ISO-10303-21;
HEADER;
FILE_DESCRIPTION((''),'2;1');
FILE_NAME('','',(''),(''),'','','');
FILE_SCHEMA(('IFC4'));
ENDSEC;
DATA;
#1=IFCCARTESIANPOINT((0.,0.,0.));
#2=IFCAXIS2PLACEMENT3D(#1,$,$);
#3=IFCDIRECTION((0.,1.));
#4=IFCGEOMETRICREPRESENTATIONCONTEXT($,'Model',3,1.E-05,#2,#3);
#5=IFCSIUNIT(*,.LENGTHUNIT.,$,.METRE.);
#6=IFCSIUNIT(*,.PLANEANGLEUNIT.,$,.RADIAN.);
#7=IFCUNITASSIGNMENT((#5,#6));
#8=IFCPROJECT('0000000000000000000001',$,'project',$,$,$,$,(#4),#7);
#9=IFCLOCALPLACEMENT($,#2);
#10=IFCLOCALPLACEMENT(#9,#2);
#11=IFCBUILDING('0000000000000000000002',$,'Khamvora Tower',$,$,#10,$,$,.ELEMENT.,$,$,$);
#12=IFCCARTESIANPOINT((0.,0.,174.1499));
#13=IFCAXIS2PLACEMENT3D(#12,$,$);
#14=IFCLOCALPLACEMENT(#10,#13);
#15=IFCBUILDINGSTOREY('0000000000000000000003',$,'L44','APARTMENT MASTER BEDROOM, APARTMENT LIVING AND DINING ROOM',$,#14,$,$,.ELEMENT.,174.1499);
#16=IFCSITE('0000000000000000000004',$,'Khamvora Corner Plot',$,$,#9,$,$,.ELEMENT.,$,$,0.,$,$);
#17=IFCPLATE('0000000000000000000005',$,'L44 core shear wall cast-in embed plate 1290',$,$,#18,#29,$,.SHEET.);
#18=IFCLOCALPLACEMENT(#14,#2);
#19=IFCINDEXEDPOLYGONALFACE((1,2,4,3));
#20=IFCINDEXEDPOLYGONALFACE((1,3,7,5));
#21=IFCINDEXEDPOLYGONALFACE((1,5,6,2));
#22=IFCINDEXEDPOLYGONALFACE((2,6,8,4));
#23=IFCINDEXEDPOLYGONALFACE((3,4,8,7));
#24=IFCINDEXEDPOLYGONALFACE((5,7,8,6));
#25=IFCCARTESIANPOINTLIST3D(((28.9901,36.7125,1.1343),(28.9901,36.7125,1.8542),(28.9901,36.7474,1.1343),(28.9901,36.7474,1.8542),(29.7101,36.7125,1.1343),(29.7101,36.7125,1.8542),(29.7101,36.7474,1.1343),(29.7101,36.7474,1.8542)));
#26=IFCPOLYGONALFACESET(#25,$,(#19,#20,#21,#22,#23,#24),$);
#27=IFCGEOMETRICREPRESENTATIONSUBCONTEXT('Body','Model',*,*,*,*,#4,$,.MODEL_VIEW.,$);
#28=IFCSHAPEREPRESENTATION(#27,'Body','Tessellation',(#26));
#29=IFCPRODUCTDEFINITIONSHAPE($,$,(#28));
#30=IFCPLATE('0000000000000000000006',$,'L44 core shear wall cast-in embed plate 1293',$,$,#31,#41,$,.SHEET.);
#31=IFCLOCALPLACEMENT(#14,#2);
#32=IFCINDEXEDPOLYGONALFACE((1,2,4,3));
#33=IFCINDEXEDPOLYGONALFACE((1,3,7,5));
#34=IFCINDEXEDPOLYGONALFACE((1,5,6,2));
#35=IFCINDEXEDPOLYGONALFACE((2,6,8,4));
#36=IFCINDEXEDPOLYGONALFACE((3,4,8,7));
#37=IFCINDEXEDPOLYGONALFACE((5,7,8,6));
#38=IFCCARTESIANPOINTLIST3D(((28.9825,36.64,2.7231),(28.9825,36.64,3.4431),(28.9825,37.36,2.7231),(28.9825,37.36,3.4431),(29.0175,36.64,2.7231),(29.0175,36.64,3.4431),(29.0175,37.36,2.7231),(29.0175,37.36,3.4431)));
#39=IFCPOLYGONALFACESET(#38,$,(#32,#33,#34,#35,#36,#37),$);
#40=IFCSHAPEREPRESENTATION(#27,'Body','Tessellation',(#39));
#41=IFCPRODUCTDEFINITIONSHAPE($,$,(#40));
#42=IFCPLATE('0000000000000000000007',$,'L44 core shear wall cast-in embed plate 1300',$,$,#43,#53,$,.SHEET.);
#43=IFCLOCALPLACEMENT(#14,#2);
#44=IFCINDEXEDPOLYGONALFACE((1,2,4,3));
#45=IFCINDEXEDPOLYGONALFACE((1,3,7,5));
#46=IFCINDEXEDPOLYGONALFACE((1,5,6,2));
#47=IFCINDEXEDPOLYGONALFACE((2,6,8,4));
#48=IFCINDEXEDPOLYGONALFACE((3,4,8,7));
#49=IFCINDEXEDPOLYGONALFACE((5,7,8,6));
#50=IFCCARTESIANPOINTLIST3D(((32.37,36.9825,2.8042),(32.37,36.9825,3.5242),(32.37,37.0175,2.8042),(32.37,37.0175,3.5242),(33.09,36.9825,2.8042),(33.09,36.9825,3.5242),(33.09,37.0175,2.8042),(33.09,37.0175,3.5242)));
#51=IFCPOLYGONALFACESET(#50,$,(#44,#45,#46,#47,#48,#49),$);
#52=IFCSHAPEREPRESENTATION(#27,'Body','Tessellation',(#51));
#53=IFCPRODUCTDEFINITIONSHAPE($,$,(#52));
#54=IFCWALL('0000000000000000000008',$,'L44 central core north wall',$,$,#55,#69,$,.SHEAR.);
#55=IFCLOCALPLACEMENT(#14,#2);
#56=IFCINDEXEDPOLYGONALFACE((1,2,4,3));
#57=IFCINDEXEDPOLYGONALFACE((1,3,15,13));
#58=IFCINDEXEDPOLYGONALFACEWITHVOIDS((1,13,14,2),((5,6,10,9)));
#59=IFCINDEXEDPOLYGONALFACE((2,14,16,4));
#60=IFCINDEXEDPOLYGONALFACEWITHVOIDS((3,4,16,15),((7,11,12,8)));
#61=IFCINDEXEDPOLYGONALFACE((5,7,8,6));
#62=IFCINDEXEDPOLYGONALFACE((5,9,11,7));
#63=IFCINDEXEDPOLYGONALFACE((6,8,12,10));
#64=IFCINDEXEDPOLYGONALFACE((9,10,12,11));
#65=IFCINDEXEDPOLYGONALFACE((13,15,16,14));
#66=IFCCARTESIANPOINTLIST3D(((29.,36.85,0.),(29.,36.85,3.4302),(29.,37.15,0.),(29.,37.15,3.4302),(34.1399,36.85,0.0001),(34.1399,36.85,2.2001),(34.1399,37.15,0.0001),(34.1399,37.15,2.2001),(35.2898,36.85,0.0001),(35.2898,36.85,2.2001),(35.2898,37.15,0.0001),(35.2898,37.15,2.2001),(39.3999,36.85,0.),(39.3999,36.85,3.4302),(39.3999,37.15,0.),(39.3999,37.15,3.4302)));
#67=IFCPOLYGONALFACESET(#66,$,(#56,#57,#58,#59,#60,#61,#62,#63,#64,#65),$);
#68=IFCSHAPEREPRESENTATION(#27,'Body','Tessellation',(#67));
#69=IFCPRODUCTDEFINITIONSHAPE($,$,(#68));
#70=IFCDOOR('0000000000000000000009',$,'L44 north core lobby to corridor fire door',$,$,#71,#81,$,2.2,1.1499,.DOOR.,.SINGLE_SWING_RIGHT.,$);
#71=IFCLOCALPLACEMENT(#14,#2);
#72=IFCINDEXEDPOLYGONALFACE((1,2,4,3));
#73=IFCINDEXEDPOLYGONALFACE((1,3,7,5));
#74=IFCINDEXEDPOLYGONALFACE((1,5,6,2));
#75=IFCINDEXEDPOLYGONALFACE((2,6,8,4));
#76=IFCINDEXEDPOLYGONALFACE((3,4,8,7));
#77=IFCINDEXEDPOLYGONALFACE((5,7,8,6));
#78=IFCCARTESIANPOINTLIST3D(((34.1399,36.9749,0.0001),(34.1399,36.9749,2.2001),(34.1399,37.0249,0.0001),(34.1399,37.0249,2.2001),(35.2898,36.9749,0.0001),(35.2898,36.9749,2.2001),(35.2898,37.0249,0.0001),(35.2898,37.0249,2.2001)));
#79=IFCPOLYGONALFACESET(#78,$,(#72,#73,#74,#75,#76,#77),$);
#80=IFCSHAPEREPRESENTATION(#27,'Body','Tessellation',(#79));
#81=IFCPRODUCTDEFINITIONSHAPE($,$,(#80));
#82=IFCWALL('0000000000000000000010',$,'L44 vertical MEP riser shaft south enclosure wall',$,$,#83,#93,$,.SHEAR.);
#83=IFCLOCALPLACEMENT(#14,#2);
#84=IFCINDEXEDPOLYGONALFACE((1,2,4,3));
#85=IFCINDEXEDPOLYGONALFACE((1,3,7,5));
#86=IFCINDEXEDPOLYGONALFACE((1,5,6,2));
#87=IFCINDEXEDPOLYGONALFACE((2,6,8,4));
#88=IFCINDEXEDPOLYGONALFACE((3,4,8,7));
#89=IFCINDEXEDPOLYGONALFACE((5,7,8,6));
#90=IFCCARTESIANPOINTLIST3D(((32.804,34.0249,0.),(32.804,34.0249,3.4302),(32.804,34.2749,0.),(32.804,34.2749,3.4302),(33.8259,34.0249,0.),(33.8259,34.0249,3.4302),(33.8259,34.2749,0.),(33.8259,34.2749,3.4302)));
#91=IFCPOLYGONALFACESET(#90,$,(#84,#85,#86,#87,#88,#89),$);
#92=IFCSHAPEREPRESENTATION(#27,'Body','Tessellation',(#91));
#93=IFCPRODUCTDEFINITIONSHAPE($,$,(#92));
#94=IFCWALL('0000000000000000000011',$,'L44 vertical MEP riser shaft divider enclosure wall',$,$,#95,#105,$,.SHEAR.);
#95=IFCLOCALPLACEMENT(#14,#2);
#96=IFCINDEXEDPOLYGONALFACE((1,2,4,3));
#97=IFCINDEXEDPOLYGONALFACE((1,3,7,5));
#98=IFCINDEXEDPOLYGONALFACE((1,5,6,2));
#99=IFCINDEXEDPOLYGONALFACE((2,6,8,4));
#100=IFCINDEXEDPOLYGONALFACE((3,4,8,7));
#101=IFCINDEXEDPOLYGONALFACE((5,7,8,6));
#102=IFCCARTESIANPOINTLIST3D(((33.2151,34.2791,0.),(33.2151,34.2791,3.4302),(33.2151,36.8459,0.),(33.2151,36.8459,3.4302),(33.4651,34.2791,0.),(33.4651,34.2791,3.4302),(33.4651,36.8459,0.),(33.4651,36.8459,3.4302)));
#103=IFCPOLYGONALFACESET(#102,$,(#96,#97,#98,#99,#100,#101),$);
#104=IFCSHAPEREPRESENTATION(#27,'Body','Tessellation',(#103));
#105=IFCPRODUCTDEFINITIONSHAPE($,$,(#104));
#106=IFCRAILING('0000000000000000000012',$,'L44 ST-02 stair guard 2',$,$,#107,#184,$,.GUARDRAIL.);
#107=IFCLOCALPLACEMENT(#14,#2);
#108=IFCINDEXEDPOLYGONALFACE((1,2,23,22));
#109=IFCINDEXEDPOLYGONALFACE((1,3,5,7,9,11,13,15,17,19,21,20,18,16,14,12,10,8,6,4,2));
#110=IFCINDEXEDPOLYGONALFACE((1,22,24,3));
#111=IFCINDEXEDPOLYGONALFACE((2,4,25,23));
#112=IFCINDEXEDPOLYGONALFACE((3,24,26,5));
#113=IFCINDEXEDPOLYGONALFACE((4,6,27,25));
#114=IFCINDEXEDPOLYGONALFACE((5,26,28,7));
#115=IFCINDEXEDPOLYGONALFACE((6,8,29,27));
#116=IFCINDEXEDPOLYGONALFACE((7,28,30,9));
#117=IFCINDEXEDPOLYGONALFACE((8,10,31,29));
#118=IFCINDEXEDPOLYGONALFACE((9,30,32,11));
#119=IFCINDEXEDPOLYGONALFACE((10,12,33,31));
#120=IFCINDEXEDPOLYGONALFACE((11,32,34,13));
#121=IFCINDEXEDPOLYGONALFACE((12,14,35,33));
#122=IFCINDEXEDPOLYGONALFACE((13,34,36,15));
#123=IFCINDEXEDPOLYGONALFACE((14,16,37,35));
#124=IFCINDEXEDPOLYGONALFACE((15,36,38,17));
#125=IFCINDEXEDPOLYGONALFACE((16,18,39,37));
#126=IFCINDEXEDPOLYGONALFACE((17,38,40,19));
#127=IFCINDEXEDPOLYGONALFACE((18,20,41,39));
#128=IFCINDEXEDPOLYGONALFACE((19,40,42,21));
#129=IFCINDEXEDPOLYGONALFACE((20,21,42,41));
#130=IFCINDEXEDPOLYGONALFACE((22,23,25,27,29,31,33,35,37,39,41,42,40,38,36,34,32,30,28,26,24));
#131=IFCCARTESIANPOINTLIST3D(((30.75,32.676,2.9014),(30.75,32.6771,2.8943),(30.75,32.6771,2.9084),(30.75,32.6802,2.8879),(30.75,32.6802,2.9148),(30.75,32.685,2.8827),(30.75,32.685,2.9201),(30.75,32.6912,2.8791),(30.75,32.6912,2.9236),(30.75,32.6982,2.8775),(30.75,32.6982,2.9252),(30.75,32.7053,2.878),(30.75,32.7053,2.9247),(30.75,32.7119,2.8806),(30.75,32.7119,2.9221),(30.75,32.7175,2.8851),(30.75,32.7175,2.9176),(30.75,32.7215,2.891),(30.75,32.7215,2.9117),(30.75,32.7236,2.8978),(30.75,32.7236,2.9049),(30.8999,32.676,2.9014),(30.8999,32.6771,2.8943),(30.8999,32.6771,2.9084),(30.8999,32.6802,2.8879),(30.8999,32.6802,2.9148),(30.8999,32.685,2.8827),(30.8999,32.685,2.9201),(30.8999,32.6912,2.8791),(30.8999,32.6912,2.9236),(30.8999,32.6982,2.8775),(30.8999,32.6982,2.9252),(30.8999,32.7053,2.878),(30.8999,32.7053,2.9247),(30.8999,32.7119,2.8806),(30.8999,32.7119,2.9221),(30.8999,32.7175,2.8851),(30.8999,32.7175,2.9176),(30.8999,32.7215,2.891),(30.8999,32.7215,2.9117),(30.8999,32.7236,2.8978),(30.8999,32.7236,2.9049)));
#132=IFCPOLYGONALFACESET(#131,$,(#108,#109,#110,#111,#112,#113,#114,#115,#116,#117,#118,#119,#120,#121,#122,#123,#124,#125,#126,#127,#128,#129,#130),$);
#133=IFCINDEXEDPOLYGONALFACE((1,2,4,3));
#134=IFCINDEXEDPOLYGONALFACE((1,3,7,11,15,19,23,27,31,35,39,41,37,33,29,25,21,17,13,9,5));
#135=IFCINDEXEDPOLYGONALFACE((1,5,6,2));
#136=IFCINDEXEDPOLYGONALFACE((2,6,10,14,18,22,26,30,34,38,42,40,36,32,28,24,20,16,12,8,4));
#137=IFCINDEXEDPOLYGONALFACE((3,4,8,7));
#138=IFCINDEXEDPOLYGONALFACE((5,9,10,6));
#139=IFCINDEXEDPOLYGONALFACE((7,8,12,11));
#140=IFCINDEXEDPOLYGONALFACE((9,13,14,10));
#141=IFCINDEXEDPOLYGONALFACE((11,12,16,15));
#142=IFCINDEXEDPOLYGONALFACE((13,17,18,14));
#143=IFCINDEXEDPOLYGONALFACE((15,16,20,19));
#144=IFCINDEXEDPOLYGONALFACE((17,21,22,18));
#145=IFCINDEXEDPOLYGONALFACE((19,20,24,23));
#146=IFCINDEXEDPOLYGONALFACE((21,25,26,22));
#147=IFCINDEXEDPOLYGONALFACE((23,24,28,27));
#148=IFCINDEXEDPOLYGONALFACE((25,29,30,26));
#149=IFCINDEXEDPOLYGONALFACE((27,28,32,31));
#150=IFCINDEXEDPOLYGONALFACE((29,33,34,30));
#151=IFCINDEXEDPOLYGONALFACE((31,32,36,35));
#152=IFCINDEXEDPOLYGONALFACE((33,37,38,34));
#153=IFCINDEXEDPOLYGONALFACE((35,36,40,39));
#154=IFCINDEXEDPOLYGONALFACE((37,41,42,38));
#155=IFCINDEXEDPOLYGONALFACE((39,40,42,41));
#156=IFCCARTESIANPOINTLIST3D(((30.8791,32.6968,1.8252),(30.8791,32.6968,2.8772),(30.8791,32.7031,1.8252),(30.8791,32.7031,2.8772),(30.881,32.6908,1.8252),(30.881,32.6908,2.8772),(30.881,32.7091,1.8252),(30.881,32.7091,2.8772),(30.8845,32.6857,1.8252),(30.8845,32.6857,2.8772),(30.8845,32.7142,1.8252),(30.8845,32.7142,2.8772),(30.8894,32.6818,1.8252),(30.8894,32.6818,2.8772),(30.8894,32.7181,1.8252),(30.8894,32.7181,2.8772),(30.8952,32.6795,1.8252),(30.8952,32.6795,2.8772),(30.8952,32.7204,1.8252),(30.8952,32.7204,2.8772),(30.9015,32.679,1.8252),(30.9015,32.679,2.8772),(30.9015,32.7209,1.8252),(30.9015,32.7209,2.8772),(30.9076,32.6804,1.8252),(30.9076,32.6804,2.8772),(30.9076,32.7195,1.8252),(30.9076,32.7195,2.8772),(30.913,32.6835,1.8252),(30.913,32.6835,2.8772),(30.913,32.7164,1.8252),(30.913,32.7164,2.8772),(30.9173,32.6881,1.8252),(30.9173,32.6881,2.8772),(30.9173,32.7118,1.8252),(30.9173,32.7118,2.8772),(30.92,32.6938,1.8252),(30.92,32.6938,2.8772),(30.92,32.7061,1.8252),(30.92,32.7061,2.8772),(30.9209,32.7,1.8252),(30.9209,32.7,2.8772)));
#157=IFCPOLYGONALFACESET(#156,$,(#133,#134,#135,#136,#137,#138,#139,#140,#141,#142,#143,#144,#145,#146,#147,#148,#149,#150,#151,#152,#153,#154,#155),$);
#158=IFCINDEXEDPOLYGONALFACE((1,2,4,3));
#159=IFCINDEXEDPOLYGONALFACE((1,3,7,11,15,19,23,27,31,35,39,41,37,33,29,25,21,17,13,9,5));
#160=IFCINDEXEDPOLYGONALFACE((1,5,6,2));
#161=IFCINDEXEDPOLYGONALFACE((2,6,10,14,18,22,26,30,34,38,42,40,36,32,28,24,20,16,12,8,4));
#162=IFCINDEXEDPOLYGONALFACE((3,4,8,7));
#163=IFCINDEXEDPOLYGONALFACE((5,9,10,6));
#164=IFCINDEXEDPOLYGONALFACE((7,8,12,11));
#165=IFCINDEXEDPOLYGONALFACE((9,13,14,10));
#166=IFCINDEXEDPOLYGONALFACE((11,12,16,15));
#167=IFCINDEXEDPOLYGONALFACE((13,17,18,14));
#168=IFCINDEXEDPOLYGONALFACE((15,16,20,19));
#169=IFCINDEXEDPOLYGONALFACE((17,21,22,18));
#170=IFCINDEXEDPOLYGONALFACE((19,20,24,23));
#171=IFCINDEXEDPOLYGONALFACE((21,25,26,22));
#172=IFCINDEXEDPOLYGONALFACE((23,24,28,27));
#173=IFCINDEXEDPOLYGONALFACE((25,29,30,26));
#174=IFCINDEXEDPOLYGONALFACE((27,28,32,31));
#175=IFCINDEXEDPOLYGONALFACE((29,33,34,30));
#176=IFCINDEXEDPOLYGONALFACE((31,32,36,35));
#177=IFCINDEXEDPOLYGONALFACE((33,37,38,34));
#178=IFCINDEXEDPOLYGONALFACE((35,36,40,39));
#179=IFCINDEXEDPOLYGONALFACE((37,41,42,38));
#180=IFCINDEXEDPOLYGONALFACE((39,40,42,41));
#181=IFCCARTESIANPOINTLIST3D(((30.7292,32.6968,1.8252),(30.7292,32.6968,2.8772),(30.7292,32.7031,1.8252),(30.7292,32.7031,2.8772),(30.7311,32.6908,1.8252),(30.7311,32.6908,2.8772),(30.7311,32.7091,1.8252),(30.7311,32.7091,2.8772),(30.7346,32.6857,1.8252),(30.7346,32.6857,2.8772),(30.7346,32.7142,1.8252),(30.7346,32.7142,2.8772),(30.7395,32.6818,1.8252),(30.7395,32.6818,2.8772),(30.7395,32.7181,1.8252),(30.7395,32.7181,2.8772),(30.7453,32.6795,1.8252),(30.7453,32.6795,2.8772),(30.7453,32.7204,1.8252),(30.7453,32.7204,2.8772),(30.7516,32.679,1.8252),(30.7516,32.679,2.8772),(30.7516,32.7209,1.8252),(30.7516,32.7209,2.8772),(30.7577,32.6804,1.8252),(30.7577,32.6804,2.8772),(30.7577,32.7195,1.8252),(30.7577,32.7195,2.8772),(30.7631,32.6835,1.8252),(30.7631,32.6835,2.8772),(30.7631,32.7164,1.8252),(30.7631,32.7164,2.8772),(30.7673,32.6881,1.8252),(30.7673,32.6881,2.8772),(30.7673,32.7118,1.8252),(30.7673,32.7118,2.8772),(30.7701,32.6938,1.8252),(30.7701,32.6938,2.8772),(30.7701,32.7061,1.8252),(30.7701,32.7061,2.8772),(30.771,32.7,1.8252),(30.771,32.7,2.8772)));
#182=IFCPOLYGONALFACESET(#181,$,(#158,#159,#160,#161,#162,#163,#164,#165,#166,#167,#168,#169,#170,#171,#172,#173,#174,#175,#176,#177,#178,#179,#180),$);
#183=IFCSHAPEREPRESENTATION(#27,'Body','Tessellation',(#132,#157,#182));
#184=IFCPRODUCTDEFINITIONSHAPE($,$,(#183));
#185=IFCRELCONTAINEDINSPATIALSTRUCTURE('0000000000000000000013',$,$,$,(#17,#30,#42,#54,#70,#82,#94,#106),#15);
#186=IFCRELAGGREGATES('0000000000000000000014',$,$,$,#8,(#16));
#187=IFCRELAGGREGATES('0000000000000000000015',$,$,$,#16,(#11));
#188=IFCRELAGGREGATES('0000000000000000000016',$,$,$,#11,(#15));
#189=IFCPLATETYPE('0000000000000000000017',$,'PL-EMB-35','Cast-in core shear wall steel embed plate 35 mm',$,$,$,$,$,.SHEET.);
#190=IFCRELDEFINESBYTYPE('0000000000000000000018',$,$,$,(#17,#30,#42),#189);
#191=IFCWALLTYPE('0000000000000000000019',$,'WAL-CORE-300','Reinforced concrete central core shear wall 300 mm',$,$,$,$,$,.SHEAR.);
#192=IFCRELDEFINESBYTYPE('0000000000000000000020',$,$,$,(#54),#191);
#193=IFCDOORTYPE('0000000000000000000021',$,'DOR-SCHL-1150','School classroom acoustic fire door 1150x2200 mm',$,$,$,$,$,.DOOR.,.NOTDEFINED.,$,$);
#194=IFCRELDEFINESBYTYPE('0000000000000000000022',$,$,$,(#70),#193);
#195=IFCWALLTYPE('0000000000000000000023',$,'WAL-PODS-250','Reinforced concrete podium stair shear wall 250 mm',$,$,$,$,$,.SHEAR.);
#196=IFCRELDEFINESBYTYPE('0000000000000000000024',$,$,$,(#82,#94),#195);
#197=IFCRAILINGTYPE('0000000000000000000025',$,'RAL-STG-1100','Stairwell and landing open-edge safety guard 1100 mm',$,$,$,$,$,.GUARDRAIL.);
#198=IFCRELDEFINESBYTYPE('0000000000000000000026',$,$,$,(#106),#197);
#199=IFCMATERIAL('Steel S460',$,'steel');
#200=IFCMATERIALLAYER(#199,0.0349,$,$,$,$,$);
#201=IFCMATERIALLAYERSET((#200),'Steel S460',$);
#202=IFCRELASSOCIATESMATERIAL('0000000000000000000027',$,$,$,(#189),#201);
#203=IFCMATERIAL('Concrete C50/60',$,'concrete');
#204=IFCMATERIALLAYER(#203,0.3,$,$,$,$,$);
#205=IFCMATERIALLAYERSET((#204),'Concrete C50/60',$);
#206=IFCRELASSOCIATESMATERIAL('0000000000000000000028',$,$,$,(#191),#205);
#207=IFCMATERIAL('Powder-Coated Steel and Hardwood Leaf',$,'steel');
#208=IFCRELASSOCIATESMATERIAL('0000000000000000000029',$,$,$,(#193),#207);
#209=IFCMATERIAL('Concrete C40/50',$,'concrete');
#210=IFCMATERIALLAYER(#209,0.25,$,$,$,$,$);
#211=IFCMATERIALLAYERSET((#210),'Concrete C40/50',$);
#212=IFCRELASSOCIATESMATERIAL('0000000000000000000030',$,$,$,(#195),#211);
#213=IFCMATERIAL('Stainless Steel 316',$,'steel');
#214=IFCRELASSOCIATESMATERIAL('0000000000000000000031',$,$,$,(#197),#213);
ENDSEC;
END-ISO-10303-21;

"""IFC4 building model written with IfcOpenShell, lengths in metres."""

from ifc_helpers import new_model, si_unit, direction, frame, frame_2d, origin, origin_2d, place, context, subcontext, project, spatial, rectangle, circle, extrude, material, layer, layer_set, type_object, element, fill, save


model = new_model("IFC4")

# Units and contexts
model_context = context("Model", 3, precision=1e-05, world=origin(), true_north=direction((0.0, 1.0)))
body_context = subcontext(model_context, "Body", "Model", "MODEL_VIEW")
ifc_project = project(units=[si_unit("LENGTHUNIT", "METRE"), si_unit("PLANEANGLEUNIT", "RADIAN")], contexts=[model_context])

# Site, building, storey
site_placement = place(None, origin())
site = spatial("IfcSite", under=ifc_project, at=site_placement, Name="Khamvora Corner Plot", CompositionType="ELEMENT", RefElevation=0.0)
building_placement = place(site_placement, origin())
building = spatial("IfcBuilding", under=site, at=building_placement, Name="Khamvora Tower", CompositionType="ELEMENT")
storey_placement = place(building_placement, frame((0.0, 0.0, 174.1499)))
storey = spatial("IfcBuildingStorey", under=building, at=storey_placement, Name="L44", Description="APARTMENT MASTER BEDROOM, APARTMENT LIVING AND DINING ROOM", CompositionType="ELEMENT", Elevation=174.1499)

# Shared definitions
ifc_material_1 = material(Name="Steel S460", Category="steel")

# Plates
ifc_layer_1 = layer(ifc_material_1, 0.0349)
ifc_layer_set_1 = layer_set([ifc_layer_1], Name="Steel S460")
plate_type = type_object("IfcPlateType", Name="PL-EMB-35", Description="Cast-in core shear wall steel embed plate 35 mm", PredefinedType="SHEET", material=ifc_layer_set_1)
plate_1_placement = place(storey_placement, frame((29.3501, 36.73, 1.1343), z_axis=(0.0, 0.0, 1.0), x_axis=(1.0, 0.0, 0.0)))
element("IfcPlate", 1, at=plate_1_placement, inside=storey, type_object=plate_type, Name="L44 core shear wall cast-in embed plate 1290", PredefinedType="SHEET", context=body_context, shape_type="SweptSolid", body=[
    extrude(rectangle(XDim=0.72, YDim=0.0349, at=origin_2d()), origin(), (0.0, 0.0, 1.0), 0.72),
])
plate_2_placement = place(storey_placement, frame((29.0, 37.0, 2.7231), z_axis=(0.0, 0.0, 1.0), x_axis=(1.0, 0.0, 0.0)))
element("IfcPlate", 2, at=plate_2_placement, inside=storey, type_object=plate_type, Name="L44 core shear wall cast-in embed plate 1293", PredefinedType="SHEET", context=body_context, shape_type="SweptSolid", body=[
    extrude(rectangle(XDim=0.0349, YDim=0.72, at=origin_2d()), origin(), (0.0, 0.0, 1.0), 0.72),
])
plate_3_placement = place(storey_placement, frame((32.73, 37.0, 2.8042), z_axis=(0.0, 0.0, 1.0), x_axis=(1.0, 0.0, 0.0)))
element("IfcPlate", 3, at=plate_3_placement, inside=storey, type_object=plate_type, Name="L44 core shear wall cast-in embed plate 1300", PredefinedType="SHEET", context=body_context, shape_type="SweptSolid", body=[
    extrude(rectangle(XDim=0.72, YDim=0.0349, at=origin_2d()), origin(), (0.0, 0.0, 1.0), 0.72),
])

# Wall, opening, door
ifc_material_2 = material(Name="Concrete C50/60", Category="concrete")
ifc_layer_2 = layer(ifc_material_2, 0.3)
ifc_layer_set_2 = layer_set([ifc_layer_2], Name="Concrete C50/60")
wall_type_1 = type_object("IfcWallType", Name="WAL-CORE-300", Description="Reinforced concrete central core shear wall 300 mm", PredefinedType="SHEAR", material=ifc_layer_set_2)
wall_1_placement = place(storey_placement, frame((29.0, 37.0, 0.0), z_axis=(0.0, 0.0, 1.0), x_axis=(1.0, 0.0, 0.0)))
wall_1 = element("IfcWall", 4, at=wall_1_placement, inside=storey, type_object=wall_type_1, Name="L44 central core north wall", PredefinedType="SHEAR", context=body_context, shape_type="SweptSolid", body=[
    extrude(rectangle(XDim=10.3999, YDim=0.3, at=frame_2d((5.2, 0.0))), origin(), (0.0, 0.0, 1.0), 3.4302),
])
opening_placement = place(wall_1_placement, frame((5.1399, 0.0, 0.0)))
opening = element("IfcOpeningElement", 5, at=opening_placement, cuts=wall_1, PredefinedType="OPENING", context=body_context, shape_type="SweptSolid", body=[
    extrude(rectangle(XDim=1.1499, YDim=2.2, at=frame_2d((0.575, 1.1001))), frame((0.0, 0.1599, 0.0), z_axis=(0.0, -1.0, 0.0), x_axis=(1.0, 0.0, 0.0)), (0.0, 0.0, 1.0), 0.3201),
])
ifc_material_3 = material(Name="Powder-Coated Steel and Hardwood Leaf", Category="steel")
door_type = type_object("IfcDoorType", Name="DOR-SCHL-1150", Description="School classroom acoustic fire door 1150x2200 mm", OperationType="NOTDEFINED", PredefinedType="DOOR", material=ifc_material_3)
door_placement = place(opening_placement, origin())
door = element("IfcDoor", 6, at=door_placement, inside=storey, type_object=door_type, Name="L44 north core lobby to corridor fire door", OperationType="SINGLE_SWING_RIGHT", OverallHeight=2.2, OverallWidth=1.1499, PredefinedType="DOOR", context=body_context, shape_type="SweptSolid", body=[
    extrude(rectangle(XDim=1.1499, YDim=2.2, at=frame_2d((0.575, 1.1001))), frame((0.0, 0.0249, 0.0), z_axis=(0.0, -1.0, 0.0), x_axis=(1.0, 0.0, 0.0)), (0.0, 0.0, 1.0), 0.05),
])
fill(opening, door)

# Walls
ifc_material_4 = material(Name="Concrete C40/50", Category="concrete")
ifc_layer_3 = layer(ifc_material_4, 0.25)
ifc_layer_set_3 = layer_set([ifc_layer_3], Name="Concrete C40/50")
wall_type_2 = type_object("IfcWallType", Name="WAL-PODS-250", Description="Reinforced concrete podium stair shear wall 250 mm", PredefinedType="SHEAR", material=ifc_layer_set_3)
wall_2_placement = place(storey_placement, frame((32.804, 34.1499, 0.0), z_axis=(0.0, 0.0, 1.0), x_axis=(1.0, 0.0, 0.0)))
element("IfcWall", 7, at=wall_2_placement, inside=storey, type_object=wall_type_2, Name="L44 vertical MEP riser shaft south enclosure wall", PredefinedType="SHEAR", context=body_context, shape_type="SweptSolid", body=[
    extrude(rectangle(XDim=1.022, YDim=0.25, at=frame_2d((0.511, 0.0))), origin(), (0.0, 0.0, 1.0), 3.4302),
])
wall_3_placement = place(storey_placement, frame((33.3401, 34.2791, 0.0), z_axis=(0.0, 0.0, 1.0), x_axis=(0.0, 1.0, 0.0)))
element("IfcWall", 8, at=wall_3_placement, inside=storey, type_object=wall_type_2, Name="L44 vertical MEP riser shaft divider enclosure wall", PredefinedType="SHEAR", context=body_context, shape_type="SweptSolid", body=[
    extrude(rectangle(XDim=2.5669, YDim=0.25, at=frame_2d((1.2834, 0.0))), origin(), (0.0, 0.0, 1.0), 3.4302),
])

# Railing
ifc_material_5 = material(Name="Stainless Steel 316", Category="steel")
railing_type = type_object("IfcRailingType", Name="RAL-STG-1100", Description="Stairwell and landing open-edge safety guard 1100 mm", PredefinedType="GUARDRAIL", material=ifc_material_5)
railing_placement = place(storey_placement, frame((30.8999, 32.7, 1.8252)))
element("IfcRailing", 9, at=railing_placement, inside=storey, type_object=railing_type, Name="L44 ST-02 stair guard 2", PredefinedType="GUARDRAIL", context=body_context, shape_type="SweptSolid", body=[
    extrude(circle(Radius=0.0239, at=origin_2d()), frame((0.0, 0.0, 1.0762), z_axis=(-1.0, 0.0, 0.0), x_axis=(0.0, -1.0, 0.0)), (0.0, 0.0, 1.0), 0.1499),
    extrude(circle(Radius=0.021, at=origin_2d()), origin(), (0.0, 0.0, 1.0), 1.052),
    extrude(circle(Radius=0.021, at=origin_2d()), frame((-0.1499, 0.0, 0.0)), (0.0, 0.0, 1.0), 1.052),
])

save(model, "model.ifc")
